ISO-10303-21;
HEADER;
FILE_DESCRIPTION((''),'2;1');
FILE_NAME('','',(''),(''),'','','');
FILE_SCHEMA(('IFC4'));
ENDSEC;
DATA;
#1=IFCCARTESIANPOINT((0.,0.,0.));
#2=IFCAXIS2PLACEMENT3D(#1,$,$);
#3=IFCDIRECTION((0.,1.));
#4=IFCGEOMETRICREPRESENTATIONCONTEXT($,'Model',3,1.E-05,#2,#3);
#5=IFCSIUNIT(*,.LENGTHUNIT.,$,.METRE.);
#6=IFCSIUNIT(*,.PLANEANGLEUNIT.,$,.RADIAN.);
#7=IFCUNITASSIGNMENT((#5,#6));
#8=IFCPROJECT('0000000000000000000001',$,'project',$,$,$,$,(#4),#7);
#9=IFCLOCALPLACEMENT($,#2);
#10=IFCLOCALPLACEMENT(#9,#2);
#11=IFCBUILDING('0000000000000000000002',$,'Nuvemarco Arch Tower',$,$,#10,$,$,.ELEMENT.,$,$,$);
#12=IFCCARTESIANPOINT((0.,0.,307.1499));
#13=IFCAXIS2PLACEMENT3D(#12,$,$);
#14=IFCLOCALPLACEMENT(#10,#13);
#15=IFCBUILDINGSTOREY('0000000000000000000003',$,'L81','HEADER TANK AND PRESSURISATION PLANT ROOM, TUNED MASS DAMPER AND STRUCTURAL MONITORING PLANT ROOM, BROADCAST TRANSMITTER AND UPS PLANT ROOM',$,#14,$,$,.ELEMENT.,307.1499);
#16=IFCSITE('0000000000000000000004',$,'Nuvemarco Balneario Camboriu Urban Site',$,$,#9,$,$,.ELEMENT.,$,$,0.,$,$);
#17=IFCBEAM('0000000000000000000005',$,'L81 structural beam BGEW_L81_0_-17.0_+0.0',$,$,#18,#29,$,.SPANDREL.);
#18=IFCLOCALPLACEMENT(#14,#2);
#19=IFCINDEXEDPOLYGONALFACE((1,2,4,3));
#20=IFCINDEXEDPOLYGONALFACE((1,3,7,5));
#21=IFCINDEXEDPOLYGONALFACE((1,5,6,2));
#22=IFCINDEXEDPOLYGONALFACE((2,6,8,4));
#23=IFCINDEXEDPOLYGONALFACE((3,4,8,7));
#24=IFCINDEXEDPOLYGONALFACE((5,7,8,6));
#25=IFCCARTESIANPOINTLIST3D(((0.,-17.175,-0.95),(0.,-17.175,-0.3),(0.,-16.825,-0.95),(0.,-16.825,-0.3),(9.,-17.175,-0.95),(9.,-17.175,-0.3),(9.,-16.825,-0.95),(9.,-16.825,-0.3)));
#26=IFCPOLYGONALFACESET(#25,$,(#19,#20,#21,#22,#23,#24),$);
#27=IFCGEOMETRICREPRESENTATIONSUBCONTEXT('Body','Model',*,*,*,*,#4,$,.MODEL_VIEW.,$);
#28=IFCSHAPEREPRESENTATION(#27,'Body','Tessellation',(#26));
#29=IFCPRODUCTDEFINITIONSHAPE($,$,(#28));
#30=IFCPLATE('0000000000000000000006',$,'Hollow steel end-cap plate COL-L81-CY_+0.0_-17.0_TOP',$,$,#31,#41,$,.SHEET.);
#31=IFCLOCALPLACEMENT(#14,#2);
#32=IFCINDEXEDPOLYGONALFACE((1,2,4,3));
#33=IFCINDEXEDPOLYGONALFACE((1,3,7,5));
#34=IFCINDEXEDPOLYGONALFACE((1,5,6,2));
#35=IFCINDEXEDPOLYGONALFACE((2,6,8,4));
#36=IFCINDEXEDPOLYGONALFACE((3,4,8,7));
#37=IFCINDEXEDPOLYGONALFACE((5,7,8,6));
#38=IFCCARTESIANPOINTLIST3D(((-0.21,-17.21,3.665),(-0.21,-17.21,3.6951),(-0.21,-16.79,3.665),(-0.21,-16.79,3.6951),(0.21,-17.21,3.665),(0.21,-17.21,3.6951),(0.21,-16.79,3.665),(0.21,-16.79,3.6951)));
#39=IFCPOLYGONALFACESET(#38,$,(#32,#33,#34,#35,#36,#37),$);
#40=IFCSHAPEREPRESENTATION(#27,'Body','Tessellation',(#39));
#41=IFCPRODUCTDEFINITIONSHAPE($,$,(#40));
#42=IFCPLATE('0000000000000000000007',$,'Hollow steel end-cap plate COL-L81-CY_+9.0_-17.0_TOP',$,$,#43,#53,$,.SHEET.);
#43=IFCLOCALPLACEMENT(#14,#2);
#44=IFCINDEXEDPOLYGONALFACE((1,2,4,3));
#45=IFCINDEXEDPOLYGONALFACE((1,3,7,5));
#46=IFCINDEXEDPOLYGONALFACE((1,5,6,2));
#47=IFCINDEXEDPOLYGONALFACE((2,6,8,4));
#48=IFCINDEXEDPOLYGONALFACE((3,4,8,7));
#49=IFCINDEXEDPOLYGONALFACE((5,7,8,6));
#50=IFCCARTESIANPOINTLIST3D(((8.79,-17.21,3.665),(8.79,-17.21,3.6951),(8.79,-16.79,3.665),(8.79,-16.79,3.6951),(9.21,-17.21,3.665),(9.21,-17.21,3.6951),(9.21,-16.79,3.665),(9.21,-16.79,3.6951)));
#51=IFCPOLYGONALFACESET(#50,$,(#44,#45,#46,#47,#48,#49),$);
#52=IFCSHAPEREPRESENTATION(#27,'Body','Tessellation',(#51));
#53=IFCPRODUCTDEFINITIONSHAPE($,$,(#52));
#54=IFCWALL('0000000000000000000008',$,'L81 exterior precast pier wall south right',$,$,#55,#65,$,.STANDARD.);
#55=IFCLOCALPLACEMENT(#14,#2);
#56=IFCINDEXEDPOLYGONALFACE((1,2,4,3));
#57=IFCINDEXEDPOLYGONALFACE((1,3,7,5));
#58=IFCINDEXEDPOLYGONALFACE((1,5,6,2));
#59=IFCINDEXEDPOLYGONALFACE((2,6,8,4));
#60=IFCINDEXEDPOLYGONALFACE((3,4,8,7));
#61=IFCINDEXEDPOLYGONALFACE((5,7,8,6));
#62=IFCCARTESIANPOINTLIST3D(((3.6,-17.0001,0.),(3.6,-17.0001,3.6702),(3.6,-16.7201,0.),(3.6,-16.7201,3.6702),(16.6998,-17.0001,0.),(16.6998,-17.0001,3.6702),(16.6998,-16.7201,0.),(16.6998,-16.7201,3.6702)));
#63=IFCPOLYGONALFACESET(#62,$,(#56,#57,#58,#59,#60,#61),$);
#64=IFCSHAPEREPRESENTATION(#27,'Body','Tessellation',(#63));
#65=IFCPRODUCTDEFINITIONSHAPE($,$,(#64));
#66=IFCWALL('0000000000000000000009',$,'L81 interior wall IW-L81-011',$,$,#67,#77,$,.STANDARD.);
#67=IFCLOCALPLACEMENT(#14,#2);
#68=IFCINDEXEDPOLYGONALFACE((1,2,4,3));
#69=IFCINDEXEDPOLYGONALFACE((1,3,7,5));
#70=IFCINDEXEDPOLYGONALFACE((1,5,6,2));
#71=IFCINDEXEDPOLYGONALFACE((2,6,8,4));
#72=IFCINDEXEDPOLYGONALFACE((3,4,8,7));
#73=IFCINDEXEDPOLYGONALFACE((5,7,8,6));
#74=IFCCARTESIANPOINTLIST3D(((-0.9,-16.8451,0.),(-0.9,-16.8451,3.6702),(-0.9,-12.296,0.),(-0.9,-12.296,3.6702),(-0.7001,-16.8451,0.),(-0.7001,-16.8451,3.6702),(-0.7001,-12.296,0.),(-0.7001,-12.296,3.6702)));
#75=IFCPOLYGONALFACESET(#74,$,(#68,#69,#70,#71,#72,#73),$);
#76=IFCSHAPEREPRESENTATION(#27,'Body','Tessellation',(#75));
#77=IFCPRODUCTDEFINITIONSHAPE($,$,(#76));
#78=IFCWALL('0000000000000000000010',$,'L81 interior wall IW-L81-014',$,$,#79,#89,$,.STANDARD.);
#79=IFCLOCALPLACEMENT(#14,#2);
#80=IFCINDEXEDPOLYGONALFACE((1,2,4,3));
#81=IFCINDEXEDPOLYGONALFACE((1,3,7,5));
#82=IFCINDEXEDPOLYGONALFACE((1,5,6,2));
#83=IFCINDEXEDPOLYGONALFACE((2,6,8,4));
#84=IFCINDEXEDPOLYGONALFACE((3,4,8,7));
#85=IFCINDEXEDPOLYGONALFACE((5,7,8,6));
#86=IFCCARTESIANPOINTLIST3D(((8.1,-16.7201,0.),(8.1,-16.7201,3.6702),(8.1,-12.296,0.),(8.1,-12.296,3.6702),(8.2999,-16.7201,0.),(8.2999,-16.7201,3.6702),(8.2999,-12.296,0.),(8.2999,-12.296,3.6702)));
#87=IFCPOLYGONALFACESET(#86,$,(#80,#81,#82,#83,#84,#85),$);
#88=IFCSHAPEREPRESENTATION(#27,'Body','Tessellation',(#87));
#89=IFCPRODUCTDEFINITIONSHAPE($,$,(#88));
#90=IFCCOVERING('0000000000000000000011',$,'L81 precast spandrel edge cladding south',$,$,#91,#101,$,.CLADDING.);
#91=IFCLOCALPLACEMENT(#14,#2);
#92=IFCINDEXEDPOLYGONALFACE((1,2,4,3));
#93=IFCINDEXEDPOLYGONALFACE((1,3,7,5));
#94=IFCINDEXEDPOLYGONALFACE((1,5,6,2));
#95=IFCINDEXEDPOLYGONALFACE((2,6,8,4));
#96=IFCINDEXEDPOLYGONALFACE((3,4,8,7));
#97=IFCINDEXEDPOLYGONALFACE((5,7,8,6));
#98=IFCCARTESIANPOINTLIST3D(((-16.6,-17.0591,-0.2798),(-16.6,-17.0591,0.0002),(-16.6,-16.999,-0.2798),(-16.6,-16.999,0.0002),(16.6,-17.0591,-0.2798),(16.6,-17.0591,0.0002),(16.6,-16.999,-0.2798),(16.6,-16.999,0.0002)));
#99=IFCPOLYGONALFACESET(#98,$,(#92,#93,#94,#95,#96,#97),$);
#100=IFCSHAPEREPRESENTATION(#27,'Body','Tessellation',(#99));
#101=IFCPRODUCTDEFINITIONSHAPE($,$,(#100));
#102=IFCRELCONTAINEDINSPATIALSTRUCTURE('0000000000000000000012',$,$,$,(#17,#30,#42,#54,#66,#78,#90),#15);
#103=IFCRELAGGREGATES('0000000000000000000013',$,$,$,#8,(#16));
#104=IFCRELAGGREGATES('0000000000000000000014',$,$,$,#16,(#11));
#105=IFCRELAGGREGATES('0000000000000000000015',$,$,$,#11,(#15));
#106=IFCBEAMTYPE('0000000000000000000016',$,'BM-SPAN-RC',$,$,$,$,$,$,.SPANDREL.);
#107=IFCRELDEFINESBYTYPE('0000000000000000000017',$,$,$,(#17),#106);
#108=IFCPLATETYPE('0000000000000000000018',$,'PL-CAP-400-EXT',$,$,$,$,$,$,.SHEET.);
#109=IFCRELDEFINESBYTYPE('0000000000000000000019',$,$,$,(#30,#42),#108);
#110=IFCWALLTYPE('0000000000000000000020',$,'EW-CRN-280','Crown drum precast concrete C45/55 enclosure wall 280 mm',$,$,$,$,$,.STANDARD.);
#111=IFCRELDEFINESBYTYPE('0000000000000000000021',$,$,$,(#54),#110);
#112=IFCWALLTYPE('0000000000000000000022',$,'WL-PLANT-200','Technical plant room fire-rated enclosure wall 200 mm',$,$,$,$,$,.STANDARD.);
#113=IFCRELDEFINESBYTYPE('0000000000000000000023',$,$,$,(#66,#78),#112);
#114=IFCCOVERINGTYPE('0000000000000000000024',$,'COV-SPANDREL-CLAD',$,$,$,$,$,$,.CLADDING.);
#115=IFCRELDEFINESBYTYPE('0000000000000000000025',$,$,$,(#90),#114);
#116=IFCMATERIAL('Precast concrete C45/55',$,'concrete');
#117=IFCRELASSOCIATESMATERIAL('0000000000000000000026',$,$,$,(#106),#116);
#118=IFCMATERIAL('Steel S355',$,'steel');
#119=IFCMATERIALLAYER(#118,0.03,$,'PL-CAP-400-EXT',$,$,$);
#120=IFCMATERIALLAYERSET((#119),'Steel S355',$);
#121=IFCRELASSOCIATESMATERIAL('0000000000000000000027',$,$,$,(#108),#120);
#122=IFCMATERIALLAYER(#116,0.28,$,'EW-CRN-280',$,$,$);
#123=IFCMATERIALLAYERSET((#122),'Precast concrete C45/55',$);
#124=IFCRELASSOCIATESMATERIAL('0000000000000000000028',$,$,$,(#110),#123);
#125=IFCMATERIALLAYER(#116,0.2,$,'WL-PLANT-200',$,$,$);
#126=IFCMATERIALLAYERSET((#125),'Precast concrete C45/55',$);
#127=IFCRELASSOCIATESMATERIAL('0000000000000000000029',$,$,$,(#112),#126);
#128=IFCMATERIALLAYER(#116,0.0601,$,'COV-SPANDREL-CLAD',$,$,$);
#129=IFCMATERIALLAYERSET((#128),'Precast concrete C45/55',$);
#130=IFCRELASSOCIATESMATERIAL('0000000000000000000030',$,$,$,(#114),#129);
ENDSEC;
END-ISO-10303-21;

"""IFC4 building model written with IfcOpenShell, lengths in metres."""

from ifc_helpers import new_model, si_unit, direction, frame, frame_2d, origin, origin_2d, place, context, subcontext, project, spatial, rectangle, extrude, source, transform, mapped, material, layer, layer_set, material_profile, profile_set, type_object, type_shapes, element, save


model = new_model("IFC4")

# Units and contexts
model_context = context("Model", 3, precision=1e-05, world=origin(), true_north=direction((0.0, 1.0)))
body_context = subcontext(model_context, "Body", "Model", "MODEL_VIEW")
ifc_project = project(units=[si_unit("LENGTHUNIT", "METRE"), si_unit("PLANEANGLEUNIT", "RADIAN")], contexts=[model_context])

# Site, building, storey
site_placement = place(None, origin())
site = spatial("IfcSite", under=ifc_project, at=site_placement, Name="Nuvemarco Balneario Camboriu Urban Site", CompositionType="ELEMENT", RefElevation=0.0)
building_placement = place(site_placement, origin())
building = spatial("IfcBuilding", under=site, at=building_placement, Name="Nuvemarco Arch Tower", CompositionType="ELEMENT")
storey_placement = place(building_placement, frame((0.0, 0.0, 307.1499)))
storey = spatial("IfcBuildingStorey", under=building, at=storey_placement, Name="L81", Description="HEADER TANK AND PRESSURISATION PLANT ROOM, TUNED MASS DAMPER AND STRUCTURAL MONITORING PLANT ROOM, BROADCAST TRANSMITTER AND UPS PLANT ROOM", CompositionType="ELEMENT", Elevation=307.1499)

# Shared definitions
ifc_material_1 = material(Name="Steel S355", Category="steel")

# Beam
ifc_material_2 = material(Name="Precast concrete C45/55", Category="concrete")
ifc_material_profile_1 = material_profile(ifc_material_2, rectangle(XDim=0.3501, YDim=0.6499, at=origin_2d()), Name="PC-SP-350x650")
ifc_profile_set_1 = profile_set([ifc_material_profile_1], Name="Precast concrete C45/55")
beam_type_1 = type_object("IfcBeamType", Name="BM-SPAN-RC", PredefinedType="SPANDREL", material=ifc_profile_set_1)
beam_1_placement = place(storey_placement, frame((0.0, -17.0, -0.625), z_axis=(1.0, 0.0, 0.0), x_axis=(0.0, 1.0, 0.0)))
element("IfcBeam", 1, at=beam_1_placement, inside=storey, type_object=beam_type_1, Name="L81 structural beam BGEW_L81_0_-17.0_+0.0", PredefinedType="SPANDREL", context=body_context, shape_type="SweptSolid", body=[
    extrude(rectangle(XDim=0.3501, YDim=0.6499, at=origin_2d()), origin(), (0.0, 0.0, 1.0), 9.0),
])

# Plates
ifc_layer_1 = layer(ifc_material_1, 0.03, Name="PL-CAP-400-EXT")
ifc_layer_set_1 = layer_set([ifc_layer_1], Name="Steel S355")
plate_type_1 = type_object("IfcPlateType", Name="PL-CAP-400-EXT", PredefinedType="SHEET", material=ifc_layer_set_1)
shared_shape_1 = source(origin(), body_context, "Body", "SweptSolid", [
    extrude(rectangle(XDim=0.4199, YDim=0.4199, at=origin_2d()), origin(), (0.0, 0.0, 1.0), 0.03),
])
type_shapes(plate_type_1, [shared_shape_1])
for number, where, z_axis, x_axis, name in (
    (2, (0.0, -17.0, 3.665), (0.0, 0.0, 1.0), (1.0, 0.0, 0.0), "Hollow steel end-cap plate COL-L81-CY_+0.0_-17.0_TOP"),
    (3, (9.0, -17.0, 3.665), (0.0, 0.0, 1.0), (1.0, 0.0, 0.0), "Hollow steel end-cap plate COL-L81-CY_+9.0_-17.0_TOP"),
):
    element("IfcPlate", number, at=place(storey_placement, frame(where, z_axis=z_axis, x_axis=x_axis)), inside=storey, type_object=plate_type_1, Name=name, PredefinedType="SHEET", context=body_context, shape_type="MappedRepresentation", body=[
        mapped(shared_shape_1, transform((0.0, 0.0, 0.0), scale=1.0)),
    ])

# Walls
ifc_layer_2 = layer(ifc_material_2, 0.28, Name="EW-CRN-280")
ifc_layer_set_2 = layer_set([ifc_layer_2], Name="Precast concrete C45/55")
wall_type_1 = type_object("IfcWallType", Name="EW-CRN-280", Description="Crown drum precast concrete C45/55 enclosure wall 280 mm", PredefinedType="STANDARD", material=ifc_layer_set_2)
wall_1_placement = place(storey_placement, frame((3.6001, -16.8601, 0.0), z_axis=(0.0, 0.0, 1.0), x_axis=(1.0, 0.0, 0.0)))
element("IfcWall", 4, at=wall_1_placement, inside=storey, type_object=wall_type_1, Name="L81 exterior precast pier wall south right", PredefinedType="STANDARD", context=body_context, shape_type="SweptSolid", body=[
    extrude(rectangle(XDim=13.0999, YDim=0.28, at=frame_2d((6.5498, 0.0))), origin(), (0.0, 0.0, 1.0), 3.6702),
])
ifc_layer_3 = layer(ifc_material_2, 0.2, Name="WL-PLANT-200")
ifc_layer_set_3 = layer_set([ifc_layer_3], Name="Precast concrete C45/55")
wall_type_2 = type_object("IfcWallType", Name="WL-PLANT-200", Description="Technical plant room fire-rated enclosure wall 200 mm", PredefinedType="STANDARD", material=ifc_layer_set_3)
wall_2_placement = place(storey_placement, frame((-0.8, -16.845, 0.0), z_axis=(0.0, 0.0, 1.0), x_axis=(0.0, 1.0, 0.0)))
element("IfcWall", 5, at=wall_2_placement, inside=storey, type_object=wall_type_2, Name="L81 interior wall IW-L81-011", PredefinedType="STANDARD", context=body_context, shape_type="SweptSolid", body=[
    extrude(rectangle(XDim=4.5491, YDim=0.2, at=frame_2d((2.2744, 0.0))), origin(), (0.0, 0.0, 1.0), 3.6702),
])
wall_3_placement = place(storey_placement, frame((8.2, -16.72, 0.0), z_axis=(0.0, 0.0, 1.0), x_axis=(0.0, 1.0, 0.0)))
element("IfcWall", 6, at=wall_3_placement, inside=storey, type_object=wall_type_2, Name="L81 interior wall IW-L81-014", PredefinedType="STANDARD", context=body_context, shape_type="SweptSolid", body=[
    extrude(rectangle(XDim=4.4241, YDim=0.2, at=frame_2d((2.2119, 0.0))), origin(), (0.0, 0.0, 1.0), 3.6702),
])

# Covering
ifc_layer_4 = layer(ifc_material_2, 0.0601, Name="COV-SPANDREL-CLAD")
ifc_layer_set_4 = layer_set([ifc_layer_4], Name="Precast concrete C45/55")
covering_type = type_object("IfcCoveringType", Name="COV-SPANDREL-CLAD", PredefinedType="CLADDING", material=ifc_layer_set_4)
shared_shape_2 = source(origin(), body_context, "Body", "SweptSolid", [
    extrude(rectangle(XDim=33.2, YDim=0.0601, at=origin_2d()), origin(), (0.0, 0.0, 1.0), 0.28),
])
type_shapes(covering_type, [shared_shape_2])
covering_placement = place(storey_placement, frame((0.0, -17.0291, -0.2798), z_axis=(0.0, 0.0, 1.0), x_axis=(1.0, 0.0, 0.0)))
element("IfcCovering", 7, at=covering_placement, inside=storey, type_object=covering_type, Name="L81 precast spandrel edge cladding south", PredefinedType="CLADDING", context=body_context, shape_type="MappedRepresentation", body=[
    mapped(shared_shape_2, transform((0.0, 0.0, 0.0), scale=1.0)),
])

save(model, "model.ifc")
